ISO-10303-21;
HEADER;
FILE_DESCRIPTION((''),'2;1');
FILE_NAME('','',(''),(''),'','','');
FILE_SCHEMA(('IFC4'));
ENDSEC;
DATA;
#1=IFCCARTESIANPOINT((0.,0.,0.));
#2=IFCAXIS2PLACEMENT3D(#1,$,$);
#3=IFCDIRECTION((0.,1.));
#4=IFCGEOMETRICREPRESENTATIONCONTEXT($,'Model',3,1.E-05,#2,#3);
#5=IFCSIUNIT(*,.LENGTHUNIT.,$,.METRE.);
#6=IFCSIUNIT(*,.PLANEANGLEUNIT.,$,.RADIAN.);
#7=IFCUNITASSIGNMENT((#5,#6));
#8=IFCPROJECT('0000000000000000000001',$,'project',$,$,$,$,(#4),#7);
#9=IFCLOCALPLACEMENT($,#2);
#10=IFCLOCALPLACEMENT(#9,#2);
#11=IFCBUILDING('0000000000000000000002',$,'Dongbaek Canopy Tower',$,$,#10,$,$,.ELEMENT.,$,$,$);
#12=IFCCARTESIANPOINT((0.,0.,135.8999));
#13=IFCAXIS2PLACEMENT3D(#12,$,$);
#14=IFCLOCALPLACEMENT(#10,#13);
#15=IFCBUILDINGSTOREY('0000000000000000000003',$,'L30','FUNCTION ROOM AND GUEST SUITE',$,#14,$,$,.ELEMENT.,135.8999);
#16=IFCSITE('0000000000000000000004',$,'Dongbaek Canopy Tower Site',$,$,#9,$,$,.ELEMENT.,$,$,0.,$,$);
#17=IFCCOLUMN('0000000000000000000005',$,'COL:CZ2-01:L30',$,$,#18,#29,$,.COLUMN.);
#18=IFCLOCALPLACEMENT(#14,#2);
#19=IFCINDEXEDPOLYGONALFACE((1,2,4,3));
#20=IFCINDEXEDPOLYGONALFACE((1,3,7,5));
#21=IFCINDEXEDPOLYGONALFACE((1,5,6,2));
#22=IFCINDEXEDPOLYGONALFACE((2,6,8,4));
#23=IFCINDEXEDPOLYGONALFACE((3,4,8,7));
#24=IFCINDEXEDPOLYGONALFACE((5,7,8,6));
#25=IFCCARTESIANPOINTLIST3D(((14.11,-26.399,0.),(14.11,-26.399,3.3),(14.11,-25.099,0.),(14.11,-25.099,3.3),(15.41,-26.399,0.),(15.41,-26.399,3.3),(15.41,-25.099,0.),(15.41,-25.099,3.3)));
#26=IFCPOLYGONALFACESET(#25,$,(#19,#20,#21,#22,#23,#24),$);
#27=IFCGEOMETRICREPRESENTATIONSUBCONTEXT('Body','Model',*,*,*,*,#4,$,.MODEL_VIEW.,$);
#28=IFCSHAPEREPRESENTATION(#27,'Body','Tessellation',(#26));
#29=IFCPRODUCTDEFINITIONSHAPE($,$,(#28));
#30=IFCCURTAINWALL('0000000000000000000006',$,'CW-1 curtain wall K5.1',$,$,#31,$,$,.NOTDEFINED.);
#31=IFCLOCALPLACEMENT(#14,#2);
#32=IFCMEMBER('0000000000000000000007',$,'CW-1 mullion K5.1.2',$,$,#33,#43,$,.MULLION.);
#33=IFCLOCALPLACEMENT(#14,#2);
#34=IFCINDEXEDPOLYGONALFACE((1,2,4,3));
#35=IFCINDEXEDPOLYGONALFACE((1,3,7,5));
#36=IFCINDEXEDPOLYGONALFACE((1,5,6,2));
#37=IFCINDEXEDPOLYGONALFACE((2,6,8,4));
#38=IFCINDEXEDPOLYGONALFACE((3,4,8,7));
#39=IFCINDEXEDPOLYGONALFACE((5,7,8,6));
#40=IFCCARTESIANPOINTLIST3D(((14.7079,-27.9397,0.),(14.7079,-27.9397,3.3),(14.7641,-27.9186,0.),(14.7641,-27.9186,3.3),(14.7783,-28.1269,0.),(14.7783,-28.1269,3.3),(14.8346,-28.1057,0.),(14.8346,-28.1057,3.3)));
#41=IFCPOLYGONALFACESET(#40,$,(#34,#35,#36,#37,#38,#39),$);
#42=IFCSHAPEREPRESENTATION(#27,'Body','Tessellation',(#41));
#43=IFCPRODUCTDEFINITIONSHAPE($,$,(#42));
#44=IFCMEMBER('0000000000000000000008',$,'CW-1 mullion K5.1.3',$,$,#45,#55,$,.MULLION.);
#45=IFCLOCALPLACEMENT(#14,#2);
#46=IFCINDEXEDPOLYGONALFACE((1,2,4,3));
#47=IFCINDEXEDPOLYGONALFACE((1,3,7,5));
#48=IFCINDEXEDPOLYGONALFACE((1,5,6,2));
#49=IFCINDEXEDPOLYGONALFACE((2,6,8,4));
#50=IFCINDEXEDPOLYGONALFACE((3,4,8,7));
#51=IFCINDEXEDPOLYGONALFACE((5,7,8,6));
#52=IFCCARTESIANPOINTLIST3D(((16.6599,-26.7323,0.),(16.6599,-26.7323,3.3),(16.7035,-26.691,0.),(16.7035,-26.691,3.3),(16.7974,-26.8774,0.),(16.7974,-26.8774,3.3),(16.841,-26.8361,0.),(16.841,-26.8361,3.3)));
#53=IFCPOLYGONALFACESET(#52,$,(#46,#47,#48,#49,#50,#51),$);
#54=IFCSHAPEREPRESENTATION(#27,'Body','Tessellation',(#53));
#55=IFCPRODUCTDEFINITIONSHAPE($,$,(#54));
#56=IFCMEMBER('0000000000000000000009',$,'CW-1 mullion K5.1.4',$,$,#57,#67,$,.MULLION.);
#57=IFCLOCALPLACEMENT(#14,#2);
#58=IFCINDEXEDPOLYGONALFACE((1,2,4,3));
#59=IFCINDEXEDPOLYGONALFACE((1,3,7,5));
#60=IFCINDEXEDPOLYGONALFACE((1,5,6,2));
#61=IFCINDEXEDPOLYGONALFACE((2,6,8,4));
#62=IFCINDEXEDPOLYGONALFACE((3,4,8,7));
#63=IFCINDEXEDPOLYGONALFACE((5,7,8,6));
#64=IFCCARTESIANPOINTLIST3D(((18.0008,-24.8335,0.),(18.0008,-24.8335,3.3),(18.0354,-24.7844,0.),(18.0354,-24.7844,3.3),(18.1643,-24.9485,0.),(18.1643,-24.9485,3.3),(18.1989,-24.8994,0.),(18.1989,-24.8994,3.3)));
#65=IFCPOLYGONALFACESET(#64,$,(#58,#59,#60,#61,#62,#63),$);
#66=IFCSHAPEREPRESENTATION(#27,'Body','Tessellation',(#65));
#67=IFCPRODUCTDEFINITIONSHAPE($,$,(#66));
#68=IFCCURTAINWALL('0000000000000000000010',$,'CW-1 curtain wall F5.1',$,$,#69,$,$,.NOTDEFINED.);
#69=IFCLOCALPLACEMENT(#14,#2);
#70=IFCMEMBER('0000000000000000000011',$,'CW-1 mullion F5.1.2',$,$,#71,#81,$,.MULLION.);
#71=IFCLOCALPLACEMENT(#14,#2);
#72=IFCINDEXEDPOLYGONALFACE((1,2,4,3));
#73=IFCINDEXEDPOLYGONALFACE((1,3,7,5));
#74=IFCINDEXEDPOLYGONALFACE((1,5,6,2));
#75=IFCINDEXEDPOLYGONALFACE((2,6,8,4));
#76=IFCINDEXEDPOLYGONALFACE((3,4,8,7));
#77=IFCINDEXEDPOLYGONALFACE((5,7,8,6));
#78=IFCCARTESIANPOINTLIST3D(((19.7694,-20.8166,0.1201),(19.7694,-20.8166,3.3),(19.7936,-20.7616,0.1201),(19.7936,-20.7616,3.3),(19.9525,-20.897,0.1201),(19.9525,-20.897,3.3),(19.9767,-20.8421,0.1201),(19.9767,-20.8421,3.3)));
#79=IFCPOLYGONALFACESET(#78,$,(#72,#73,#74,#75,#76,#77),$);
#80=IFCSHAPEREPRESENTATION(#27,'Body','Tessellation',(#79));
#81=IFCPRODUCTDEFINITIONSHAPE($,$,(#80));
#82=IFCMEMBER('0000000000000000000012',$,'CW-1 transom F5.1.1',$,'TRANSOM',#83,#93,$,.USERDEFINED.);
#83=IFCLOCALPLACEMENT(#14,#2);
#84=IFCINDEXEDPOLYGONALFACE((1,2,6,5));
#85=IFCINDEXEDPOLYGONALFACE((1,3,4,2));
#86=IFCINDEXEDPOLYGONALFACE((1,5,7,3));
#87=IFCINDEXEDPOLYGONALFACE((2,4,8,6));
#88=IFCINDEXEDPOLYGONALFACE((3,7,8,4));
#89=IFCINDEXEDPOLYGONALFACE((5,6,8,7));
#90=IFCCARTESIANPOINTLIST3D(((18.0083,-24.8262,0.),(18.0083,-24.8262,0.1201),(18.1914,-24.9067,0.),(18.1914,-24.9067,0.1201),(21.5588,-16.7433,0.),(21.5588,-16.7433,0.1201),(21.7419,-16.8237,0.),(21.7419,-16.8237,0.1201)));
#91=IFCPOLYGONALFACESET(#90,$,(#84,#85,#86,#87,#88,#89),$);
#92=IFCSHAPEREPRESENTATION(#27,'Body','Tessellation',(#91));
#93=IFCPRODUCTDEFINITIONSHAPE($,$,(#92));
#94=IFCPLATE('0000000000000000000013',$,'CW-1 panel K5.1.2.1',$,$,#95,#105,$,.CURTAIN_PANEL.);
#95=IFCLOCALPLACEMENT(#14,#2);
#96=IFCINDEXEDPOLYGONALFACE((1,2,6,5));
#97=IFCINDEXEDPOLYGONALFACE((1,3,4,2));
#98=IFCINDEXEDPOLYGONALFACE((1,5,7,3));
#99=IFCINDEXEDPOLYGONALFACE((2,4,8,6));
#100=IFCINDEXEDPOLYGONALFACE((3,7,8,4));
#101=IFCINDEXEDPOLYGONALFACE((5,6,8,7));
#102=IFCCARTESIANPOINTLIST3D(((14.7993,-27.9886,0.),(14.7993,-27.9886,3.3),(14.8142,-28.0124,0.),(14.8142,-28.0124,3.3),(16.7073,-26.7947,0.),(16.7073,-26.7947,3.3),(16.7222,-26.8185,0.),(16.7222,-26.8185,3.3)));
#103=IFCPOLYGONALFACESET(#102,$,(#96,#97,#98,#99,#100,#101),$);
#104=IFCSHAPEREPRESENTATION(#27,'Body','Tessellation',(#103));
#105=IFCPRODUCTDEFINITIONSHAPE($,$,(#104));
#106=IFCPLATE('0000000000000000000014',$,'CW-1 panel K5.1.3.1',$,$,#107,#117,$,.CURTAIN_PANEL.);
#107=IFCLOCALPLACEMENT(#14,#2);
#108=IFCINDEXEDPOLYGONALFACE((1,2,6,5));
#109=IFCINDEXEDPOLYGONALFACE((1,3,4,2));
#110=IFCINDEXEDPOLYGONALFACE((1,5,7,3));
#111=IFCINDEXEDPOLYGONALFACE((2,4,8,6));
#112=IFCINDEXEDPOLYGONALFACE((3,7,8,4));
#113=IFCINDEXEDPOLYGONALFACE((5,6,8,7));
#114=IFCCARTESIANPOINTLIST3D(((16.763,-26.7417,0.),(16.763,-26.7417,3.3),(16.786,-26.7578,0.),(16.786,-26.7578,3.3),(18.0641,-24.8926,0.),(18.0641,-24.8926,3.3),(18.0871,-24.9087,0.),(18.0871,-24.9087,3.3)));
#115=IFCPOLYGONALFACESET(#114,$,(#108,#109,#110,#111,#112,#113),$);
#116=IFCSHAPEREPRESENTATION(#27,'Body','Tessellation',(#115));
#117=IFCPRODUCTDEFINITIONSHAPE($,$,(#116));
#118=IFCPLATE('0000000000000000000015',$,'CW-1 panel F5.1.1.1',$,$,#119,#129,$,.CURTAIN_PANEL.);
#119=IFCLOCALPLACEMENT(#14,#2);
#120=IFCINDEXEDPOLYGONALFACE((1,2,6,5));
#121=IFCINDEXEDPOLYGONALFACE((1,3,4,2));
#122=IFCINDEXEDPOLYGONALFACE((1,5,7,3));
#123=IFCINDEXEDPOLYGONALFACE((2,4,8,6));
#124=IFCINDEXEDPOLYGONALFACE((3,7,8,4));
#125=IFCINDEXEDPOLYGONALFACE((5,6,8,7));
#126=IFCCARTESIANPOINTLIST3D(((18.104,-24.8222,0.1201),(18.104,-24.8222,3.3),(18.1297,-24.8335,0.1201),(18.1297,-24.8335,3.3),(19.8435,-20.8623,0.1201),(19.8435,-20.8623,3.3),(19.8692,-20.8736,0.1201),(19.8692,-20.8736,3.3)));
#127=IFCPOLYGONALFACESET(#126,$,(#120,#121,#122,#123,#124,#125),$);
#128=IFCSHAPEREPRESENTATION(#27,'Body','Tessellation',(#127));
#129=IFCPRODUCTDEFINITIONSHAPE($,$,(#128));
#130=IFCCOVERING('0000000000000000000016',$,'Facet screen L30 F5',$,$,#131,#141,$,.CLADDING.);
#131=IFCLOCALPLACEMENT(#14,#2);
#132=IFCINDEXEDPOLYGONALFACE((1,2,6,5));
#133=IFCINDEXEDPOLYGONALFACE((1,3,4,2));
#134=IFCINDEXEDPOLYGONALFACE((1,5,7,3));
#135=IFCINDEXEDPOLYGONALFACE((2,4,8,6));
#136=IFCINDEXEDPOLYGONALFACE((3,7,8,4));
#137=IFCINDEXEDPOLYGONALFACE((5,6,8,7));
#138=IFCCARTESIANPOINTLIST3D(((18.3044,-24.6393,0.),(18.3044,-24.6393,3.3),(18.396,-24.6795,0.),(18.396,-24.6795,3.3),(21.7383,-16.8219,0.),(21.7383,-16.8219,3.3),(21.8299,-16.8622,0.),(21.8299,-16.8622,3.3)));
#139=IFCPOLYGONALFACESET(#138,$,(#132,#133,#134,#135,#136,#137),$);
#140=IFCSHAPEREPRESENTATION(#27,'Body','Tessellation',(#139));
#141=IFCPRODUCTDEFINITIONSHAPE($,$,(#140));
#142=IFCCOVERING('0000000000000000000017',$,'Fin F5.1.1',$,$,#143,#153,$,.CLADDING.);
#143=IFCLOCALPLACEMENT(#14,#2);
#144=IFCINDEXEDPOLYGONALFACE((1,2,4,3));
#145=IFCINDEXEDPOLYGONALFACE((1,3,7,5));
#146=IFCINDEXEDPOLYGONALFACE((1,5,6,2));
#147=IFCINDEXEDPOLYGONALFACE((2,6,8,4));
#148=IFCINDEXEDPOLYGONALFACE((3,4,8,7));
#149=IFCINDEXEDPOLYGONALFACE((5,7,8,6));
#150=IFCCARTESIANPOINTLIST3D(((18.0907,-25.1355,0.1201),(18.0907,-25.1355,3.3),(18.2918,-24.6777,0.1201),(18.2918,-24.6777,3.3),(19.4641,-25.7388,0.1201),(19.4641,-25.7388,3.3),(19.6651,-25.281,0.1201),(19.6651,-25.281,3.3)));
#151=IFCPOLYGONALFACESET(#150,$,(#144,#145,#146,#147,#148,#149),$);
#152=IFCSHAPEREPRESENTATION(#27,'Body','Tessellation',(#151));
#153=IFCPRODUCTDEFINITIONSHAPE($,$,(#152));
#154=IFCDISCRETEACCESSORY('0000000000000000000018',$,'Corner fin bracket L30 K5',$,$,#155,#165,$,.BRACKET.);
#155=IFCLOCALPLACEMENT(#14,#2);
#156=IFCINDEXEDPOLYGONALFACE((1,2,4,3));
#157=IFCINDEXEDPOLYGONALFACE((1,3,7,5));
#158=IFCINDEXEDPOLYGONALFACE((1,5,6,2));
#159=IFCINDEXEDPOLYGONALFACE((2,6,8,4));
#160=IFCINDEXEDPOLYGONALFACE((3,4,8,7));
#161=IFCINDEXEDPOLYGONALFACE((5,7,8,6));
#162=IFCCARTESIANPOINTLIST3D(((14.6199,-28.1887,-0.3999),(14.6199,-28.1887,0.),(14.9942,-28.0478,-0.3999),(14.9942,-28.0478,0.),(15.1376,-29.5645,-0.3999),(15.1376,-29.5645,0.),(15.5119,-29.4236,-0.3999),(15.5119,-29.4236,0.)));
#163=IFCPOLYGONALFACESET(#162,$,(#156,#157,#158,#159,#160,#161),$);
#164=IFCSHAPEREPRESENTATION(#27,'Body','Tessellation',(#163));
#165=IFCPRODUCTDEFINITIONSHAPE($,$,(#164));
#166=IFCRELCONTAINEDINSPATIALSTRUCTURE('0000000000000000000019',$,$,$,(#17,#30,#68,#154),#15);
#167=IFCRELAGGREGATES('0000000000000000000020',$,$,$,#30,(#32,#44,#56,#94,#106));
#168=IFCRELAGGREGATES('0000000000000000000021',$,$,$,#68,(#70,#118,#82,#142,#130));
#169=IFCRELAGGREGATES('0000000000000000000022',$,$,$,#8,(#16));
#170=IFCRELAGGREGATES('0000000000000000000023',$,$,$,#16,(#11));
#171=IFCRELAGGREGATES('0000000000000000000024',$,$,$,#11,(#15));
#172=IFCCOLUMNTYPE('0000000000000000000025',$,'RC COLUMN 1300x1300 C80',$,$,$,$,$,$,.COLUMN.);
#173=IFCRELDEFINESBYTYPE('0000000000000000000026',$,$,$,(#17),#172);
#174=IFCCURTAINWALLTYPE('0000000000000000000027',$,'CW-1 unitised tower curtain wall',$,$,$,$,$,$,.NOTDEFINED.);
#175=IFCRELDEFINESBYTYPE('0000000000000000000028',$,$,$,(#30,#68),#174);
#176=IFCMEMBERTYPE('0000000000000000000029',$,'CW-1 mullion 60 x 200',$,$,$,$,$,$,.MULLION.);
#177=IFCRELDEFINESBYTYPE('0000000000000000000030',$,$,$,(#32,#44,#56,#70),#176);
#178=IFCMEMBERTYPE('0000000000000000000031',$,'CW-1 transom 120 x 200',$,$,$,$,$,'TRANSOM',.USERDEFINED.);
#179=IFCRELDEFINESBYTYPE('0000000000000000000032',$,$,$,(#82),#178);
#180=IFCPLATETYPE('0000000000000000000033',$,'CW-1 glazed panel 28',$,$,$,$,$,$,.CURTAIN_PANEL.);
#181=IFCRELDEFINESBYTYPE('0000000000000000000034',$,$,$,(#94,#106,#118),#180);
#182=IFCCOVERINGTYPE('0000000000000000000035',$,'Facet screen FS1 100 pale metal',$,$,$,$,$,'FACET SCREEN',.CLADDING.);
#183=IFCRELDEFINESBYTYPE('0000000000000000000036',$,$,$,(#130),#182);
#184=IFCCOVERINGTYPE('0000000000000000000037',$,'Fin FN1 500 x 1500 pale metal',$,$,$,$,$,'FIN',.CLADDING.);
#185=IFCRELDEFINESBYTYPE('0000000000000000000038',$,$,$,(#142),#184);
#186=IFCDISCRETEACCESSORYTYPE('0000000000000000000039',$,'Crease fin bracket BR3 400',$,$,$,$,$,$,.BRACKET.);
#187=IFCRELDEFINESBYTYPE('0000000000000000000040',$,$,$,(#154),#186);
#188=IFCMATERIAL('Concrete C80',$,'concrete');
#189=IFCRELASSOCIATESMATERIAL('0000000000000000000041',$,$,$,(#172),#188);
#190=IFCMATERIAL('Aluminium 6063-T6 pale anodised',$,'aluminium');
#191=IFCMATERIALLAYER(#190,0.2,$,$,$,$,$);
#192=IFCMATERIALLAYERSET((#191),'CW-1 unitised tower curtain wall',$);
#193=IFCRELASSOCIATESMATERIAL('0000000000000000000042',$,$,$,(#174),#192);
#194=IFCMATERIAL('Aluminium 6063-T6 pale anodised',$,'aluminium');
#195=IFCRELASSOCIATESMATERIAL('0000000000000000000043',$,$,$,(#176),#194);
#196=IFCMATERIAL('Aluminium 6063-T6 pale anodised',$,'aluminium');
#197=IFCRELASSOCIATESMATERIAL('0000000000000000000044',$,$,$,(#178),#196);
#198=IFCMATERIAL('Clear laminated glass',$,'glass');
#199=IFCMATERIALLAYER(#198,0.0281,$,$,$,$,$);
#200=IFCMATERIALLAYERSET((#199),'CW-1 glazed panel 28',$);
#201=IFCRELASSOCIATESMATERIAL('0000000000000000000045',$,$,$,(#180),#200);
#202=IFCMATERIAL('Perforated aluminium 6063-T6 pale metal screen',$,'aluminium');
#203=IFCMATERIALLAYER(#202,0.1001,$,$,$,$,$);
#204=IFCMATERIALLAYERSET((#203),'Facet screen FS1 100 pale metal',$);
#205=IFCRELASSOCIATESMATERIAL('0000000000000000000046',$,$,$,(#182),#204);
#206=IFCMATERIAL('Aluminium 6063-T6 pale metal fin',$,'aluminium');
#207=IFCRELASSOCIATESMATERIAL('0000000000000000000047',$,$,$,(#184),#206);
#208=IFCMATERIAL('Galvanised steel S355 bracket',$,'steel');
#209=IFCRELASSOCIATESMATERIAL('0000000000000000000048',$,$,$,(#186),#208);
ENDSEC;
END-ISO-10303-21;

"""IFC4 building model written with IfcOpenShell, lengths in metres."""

from ifc_helpers import new_model, si_unit, direction, frame, origin, origin_2d, place, context, subcontext, project, spatial, rectangle, extrude, material, layer, layer_set, material_profile, profile_set, type_object, element, aggregate, save


model = new_model("IFC4")

# Units and contexts
model_context = context("Model", 3, precision=1e-05, world=origin(), true_north=direction((0.0, 1.0)))
body_context = subcontext(model_context, "Body", "Model", "MODEL_VIEW")
ifc_project = project(units=[si_unit("LENGTHUNIT", "METRE"), si_unit("PLANEANGLEUNIT", "RADIAN")], contexts=[model_context])

# Site, building, storey
site_placement = place(None, origin())
site = spatial("IfcSite", under=ifc_project, at=site_placement, Name="Dongbaek Canopy Tower Site", CompositionType="ELEMENT", RefElevation=0.0)
building_placement = place(site_placement, origin())
building = spatial("IfcBuilding", under=site, at=building_placement, Name="Dongbaek Canopy Tower", CompositionType="ELEMENT")
storey_placement = place(building_placement, frame((0.0, 0.0, 135.8999)))
storey = spatial("IfcBuildingStorey", under=building, at=storey_placement, Name="L30", Description="FUNCTION ROOM AND GUEST SUITE", CompositionType="ELEMENT", Elevation=135.8999)

# Column
ifc_material_1 = material(Name="Concrete C80", Category="concrete")
ifc_material_profile_1 = material_profile(ifc_material_1, rectangle(XDim=1.3, YDim=1.3, at=origin_2d()), Name="RC COLUMN 1300x1300 C80")
ifc_profile_set_1 = profile_set([ifc_material_profile_1], Name="Concrete C80")
column_type = type_object("IfcColumnType", Name="RC COLUMN 1300x1300 C80", PredefinedType="COLUMN", material=ifc_profile_set_1)
column_placement = place(storey_placement, frame((14.76, -25.749, 0.0), z_axis=(0.0, 0.0, 1.0), x_axis=(1.0, 0.0, 0.0)))
element("IfcColumn", 1, at=column_placement, inside=storey, type_object=column_type, Name="COL:CZ2-01:L30", PredefinedType="COLUMN", context=body_context, shape_type="SweptSolid", body=[
    extrude(rectangle(XDim=1.3, YDim=1.3, at=origin_2d()), origin(), (0.0, 0.0, 1.0), 3.3),
])

# Curtain walls, members
ifc_material_2 = material(Name="Aluminium 6063-T6 pale anodised", Category="aluminium")
ifc_layer_1 = layer(ifc_material_2, 0.2)
ifc_layer_set_1 = layer_set([ifc_layer_1], Name="CW-1 unitised tower curtain wall")
curtain_wall_type = type_object("IfcCurtainWallType", Name="CW-1 unitised tower curtain wall", PredefinedType="NOTDEFINED", material=ifc_layer_set_1)
curtain_wall_1_placement = place(storey_placement, origin())
curtain_wall_1 = element("IfcCurtainWall", 2, at=curtain_wall_1_placement, inside=storey, type_object=curtain_wall_type, Name="CW-1 curtain wall K5.1", PredefinedType="NOTDEFINED")
ifc_material_3 = material(Name="Aluminium 6063-T6 pale anodised", Category="aluminium")
ifc_material_profile_2 = material_profile(ifc_material_3, rectangle(XDim=0.2, YDim=0.0601, at=origin_2d()), Name="CW-1 mullion 60 x 200")
ifc_profile_set_2 = profile_set([ifc_material_profile_2], Name="Aluminium 6063-T6 pale anodised")
member_type_1 = type_object("IfcMemberType", Name="CW-1 mullion 60 x 200", PredefinedType="MULLION", material=ifc_profile_set_2)
member_1_placement = place(storey_placement, frame((14.7712, -28.0227, 0.0), z_axis=(0.0, 0.0, 1.0), x_axis=(0.352184, -0.935931, 0.0)))
member_1 = element("IfcMember", 3, at=member_1_placement, type_object=member_type_1, Name="CW-1 mullion K5.1.2", PredefinedType="MULLION", context=body_context, shape_type="SweptSolid", body=[
    extrude(rectangle(XDim=0.2, YDim=0.0601, at=origin_2d()), origin(), (0.0, 0.0, 1.0), 3.3),
])
member_2_placement = place(storey_placement, frame((16.7505, -26.7842, 0.0), z_axis=(0.0, 0.0, 1.0), x_axis=(0.687764, -0.725935, 0.0)))
member_2 = element("IfcMember", 4, at=member_2_placement, type_object=member_type_1, Name="CW-1 mullion K5.1.3", PredefinedType="MULLION", context=body_context, shape_type="SweptSolid", body=[
    extrude(rectangle(XDim=0.2, YDim=0.0601, at=origin_2d()), origin(), (0.0, 0.0, 1.0), 3.3),
])
member_3_placement = place(storey_placement, frame((18.0999, -24.8665, 0.0), z_axis=(0.0, 0.0, 1.0), x_axis=(0.817844, -0.57544, 0.0)))
member_3 = element("IfcMember", 5, at=member_3_placement, type_object=member_type_1, Name="CW-1 mullion K5.1.4", PredefinedType="MULLION", context=body_context, shape_type="SweptSolid", body=[
    extrude(rectangle(XDim=0.2, YDim=0.0601, at=origin_2d()), origin(), (0.0, 0.0, 1.0), 3.3),
])
curtain_wall_2_placement = place(storey_placement, origin())
curtain_wall_2 = element("IfcCurtainWall", 6, at=curtain_wall_2_placement, inside=storey, type_object=curtain_wall_type, Name="CW-1 curtain wall F5.1", PredefinedType="NOTDEFINED")
member_4_placement = place(storey_placement, frame((19.873, -20.8293, 0.1201), z_axis=(0.0, 0.0, 1.0), x_axis=(0.915562, -0.402176, 0.0)))
member_4 = element("IfcMember", 7, at=member_4_placement, type_object=member_type_1, Name="CW-1 mullion F5.1.2", PredefinedType="MULLION", context=body_context, shape_type="SweptSolid", body=[
    extrude(rectangle(XDim=0.2, YDim=0.0601, at=origin_2d()), origin(), (0.0, 0.0, 1.0), 3.1799),
])
ifc_material_4 = material(Name="Aluminium 6063-T6 pale anodised", Category="aluminium")
ifc_material_profile_3 = material_profile(ifc_material_4, rectangle(XDim=0.2, YDim=0.1201, at=origin_2d()), Name="CW-1 transom 120 x 200")
ifc_profile_set_3 = profile_set([ifc_material_profile_3], Name="Aluminium 6063-T6 pale anodised")
member_type_2 = type_object("IfcMemberType", Name="CW-1 transom 120 x 200", ElementType="TRANSOM", PredefinedType="USERDEFINED", material=ifc_profile_set_3)
member_5_placement = place(storey_placement, frame((18.0999, -24.8665, 0.0601), z_axis=(0.40217, 0.915565, 0.0), x_axis=(-0.915565, 0.40217, 0.0)))
member_5 = element("IfcMember", 8, at=member_5_placement, type_object=member_type_2, Name="CW-1 transom F5.1.1", ObjectType="TRANSOM", PredefinedType="USERDEFINED", context=body_context, shape_type="SweptSolid", body=[
    extrude(rectangle(XDim=0.2, YDim=0.1201, at=origin_2d()), origin(), (0.0, 0.0, 1.0), 8.8284),
])

# Plates
ifc_material_5 = material(Name="Clear laminated glass", Category="glass")
ifc_layer_2 = layer(ifc_material_5, 0.0281)
ifc_layer_set_2 = layer_set([ifc_layer_2], Name="CW-1 glazed panel 28")
plate_type = type_object("IfcPlateType", Name="CW-1 glazed panel 28", PredefinedType="CURTAIN_PANEL", material=ifc_layer_set_2)
plate_1_placement = place(storey_placement, frame((15.7607, -27.4036, 0.0), z_axis=(0.0, 0.0, 1.0), x_axis=(0.847704, 0.530469, 0.0)))
plate_1 = element("IfcPlate", 9, at=plate_1_placement, type_object=plate_type, Name="CW-1 panel K5.1.2.1", PredefinedType="CURTAIN_PANEL", context=body_context, shape_type="SweptSolid", body=[
    extrude(rectangle(XDim=2.2507, YDim=0.0281, at=origin_2d()), origin(), (0.0, 0.0, 1.0), 3.3),
])
plate_2_placement = place(storey_placement, frame((17.425, -25.8252, 0.0), z_axis=(0.0, 0.0, 1.0), x_axis=(0.57544, 0.817844, 0.0)))
plate_2 = element("IfcPlate", 10, at=plate_2_placement, type_object=plate_type, Name="CW-1 panel K5.1.3.1", PredefinedType="CURTAIN_PANEL", context=body_context, shape_type="SweptSolid", body=[
    extrude(rectangle(XDim=2.261, YDim=0.0281, at=origin_2d()), origin(), (0.0, 0.0, 1.0), 3.3),
])
aggregate(curtain_wall_1, [member_1, member_2, member_3, plate_1, plate_2])
plate_3_placement = place(storey_placement, frame((18.9866, -22.8479, 0.1201), z_axis=(0.0, 0.0, 1.0), x_axis=(0.402176, 0.915562, 0.0)))
plate_3 = element("IfcPlate", 11, at=plate_3_placement, type_object=plate_type, Name="CW-1 panel F5.1.1.1", PredefinedType="CURTAIN_PANEL", context=body_context, shape_type="SweptSolid", body=[
    extrude(rectangle(XDim=4.3252, YDim=0.0281, at=origin_2d()), origin(), (0.0, 0.0, 1.0), 3.1799),
])

# Coverings
ifc_material_6 = material(Name="Perforated aluminium 6063-T6 pale metal screen", Category="aluminium")
ifc_layer_3 = layer(ifc_material_6, 0.1001)
ifc_layer_set_3 = layer_set([ifc_layer_3], Name="Facet screen FS1 100 pale metal")
covering_type_1 = type_object("IfcCoveringType", Name="Facet screen FS1 100 pale metal", ElementType="FACET SCREEN", PredefinedType="CLADDING", material=ifc_layer_set_3)
covering_1_placement = place(storey_placement, frame((20.0671, -20.7507, 0.0), z_axis=(0.0, 0.0, 1.0), x_axis=(0.402176, 0.915562, 0.0)))
covering_1 = element("IfcCovering", 12, at=covering_1_placement, type_object=covering_type_1, Name="Facet screen L30 F5", PredefinedType="CLADDING", context=body_context, shape_type="SweptSolid", body=[
    extrude(rectangle(XDim=8.5383, YDim=0.1001, at=origin_2d()), origin(), (0.0, 0.0, 1.0), 3.3),
])
ifc_material_7 = material(Name="Aluminium 6063-T6 pale metal fin", Category="aluminium")
ifc_material_profile_4 = material_profile(ifc_material_7, rectangle(XDim=1.5, YDim=0.5, at=origin_2d()), Name="Fin FN1 500 x 1500 pale metal")
ifc_profile_set_4 = profile_set([ifc_material_profile_4], Name="Aluminium 6063-T6 pale metal fin")
covering_type_2 = type_object("IfcCoveringType", Name="Fin FN1 500 x 1500 pale metal", ElementType="FIN", PredefinedType="CLADDING", material=ifc_profile_set_4)
covering_2_placement = place(storey_placement, frame((18.8779, -25.2083, 0.1201), z_axis=(0.0, 0.0, 1.0), x_axis=(0.915562, -0.402176, 0.0)))
covering_2 = element("IfcCovering", 13, at=covering_2_placement, type_object=covering_type_2, Name="Fin F5.1.1", PredefinedType="CLADDING", context=body_context, shape_type="SweptSolid", body=[
    extrude(rectangle(XDim=1.5, YDim=0.5, at=origin_2d()), origin(), (0.0, 0.0, 1.0), 3.1799),
])
aggregate(curtain_wall_2, [member_4, plate_3, member_5, covering_2, covering_1])

# Discrete accessory
ifc_material_8 = material(Name="Galvanised steel S355 bracket", Category="steel")
discrete_accessory_type = type_object("IfcDiscreteAccessoryType", Name="Crease fin bracket BR3 400", PredefinedType="BRACKET", material=ifc_material_8)
discrete_accessory_placement = place(storey_placement, frame((15.0659, -28.8062, -0.3999), z_axis=(0.0, 0.0, 1.0), x_axis=(0.352183, -0.935931, 0.0)))
element("IfcDiscreteAccessory", 14, at=discrete_accessory_placement, inside=storey, type_object=discrete_accessory_type, Name="Corner fin bracket L30 K5", PredefinedType="BRACKET", context=body_context, shape_type="SweptSolid", body=[
    extrude(rectangle(XDim=1.47, YDim=0.3999, at=origin_2d()), origin(), (0.0, 0.0, 1.0), 0.3999),
])

save(model, "model.ifc")
